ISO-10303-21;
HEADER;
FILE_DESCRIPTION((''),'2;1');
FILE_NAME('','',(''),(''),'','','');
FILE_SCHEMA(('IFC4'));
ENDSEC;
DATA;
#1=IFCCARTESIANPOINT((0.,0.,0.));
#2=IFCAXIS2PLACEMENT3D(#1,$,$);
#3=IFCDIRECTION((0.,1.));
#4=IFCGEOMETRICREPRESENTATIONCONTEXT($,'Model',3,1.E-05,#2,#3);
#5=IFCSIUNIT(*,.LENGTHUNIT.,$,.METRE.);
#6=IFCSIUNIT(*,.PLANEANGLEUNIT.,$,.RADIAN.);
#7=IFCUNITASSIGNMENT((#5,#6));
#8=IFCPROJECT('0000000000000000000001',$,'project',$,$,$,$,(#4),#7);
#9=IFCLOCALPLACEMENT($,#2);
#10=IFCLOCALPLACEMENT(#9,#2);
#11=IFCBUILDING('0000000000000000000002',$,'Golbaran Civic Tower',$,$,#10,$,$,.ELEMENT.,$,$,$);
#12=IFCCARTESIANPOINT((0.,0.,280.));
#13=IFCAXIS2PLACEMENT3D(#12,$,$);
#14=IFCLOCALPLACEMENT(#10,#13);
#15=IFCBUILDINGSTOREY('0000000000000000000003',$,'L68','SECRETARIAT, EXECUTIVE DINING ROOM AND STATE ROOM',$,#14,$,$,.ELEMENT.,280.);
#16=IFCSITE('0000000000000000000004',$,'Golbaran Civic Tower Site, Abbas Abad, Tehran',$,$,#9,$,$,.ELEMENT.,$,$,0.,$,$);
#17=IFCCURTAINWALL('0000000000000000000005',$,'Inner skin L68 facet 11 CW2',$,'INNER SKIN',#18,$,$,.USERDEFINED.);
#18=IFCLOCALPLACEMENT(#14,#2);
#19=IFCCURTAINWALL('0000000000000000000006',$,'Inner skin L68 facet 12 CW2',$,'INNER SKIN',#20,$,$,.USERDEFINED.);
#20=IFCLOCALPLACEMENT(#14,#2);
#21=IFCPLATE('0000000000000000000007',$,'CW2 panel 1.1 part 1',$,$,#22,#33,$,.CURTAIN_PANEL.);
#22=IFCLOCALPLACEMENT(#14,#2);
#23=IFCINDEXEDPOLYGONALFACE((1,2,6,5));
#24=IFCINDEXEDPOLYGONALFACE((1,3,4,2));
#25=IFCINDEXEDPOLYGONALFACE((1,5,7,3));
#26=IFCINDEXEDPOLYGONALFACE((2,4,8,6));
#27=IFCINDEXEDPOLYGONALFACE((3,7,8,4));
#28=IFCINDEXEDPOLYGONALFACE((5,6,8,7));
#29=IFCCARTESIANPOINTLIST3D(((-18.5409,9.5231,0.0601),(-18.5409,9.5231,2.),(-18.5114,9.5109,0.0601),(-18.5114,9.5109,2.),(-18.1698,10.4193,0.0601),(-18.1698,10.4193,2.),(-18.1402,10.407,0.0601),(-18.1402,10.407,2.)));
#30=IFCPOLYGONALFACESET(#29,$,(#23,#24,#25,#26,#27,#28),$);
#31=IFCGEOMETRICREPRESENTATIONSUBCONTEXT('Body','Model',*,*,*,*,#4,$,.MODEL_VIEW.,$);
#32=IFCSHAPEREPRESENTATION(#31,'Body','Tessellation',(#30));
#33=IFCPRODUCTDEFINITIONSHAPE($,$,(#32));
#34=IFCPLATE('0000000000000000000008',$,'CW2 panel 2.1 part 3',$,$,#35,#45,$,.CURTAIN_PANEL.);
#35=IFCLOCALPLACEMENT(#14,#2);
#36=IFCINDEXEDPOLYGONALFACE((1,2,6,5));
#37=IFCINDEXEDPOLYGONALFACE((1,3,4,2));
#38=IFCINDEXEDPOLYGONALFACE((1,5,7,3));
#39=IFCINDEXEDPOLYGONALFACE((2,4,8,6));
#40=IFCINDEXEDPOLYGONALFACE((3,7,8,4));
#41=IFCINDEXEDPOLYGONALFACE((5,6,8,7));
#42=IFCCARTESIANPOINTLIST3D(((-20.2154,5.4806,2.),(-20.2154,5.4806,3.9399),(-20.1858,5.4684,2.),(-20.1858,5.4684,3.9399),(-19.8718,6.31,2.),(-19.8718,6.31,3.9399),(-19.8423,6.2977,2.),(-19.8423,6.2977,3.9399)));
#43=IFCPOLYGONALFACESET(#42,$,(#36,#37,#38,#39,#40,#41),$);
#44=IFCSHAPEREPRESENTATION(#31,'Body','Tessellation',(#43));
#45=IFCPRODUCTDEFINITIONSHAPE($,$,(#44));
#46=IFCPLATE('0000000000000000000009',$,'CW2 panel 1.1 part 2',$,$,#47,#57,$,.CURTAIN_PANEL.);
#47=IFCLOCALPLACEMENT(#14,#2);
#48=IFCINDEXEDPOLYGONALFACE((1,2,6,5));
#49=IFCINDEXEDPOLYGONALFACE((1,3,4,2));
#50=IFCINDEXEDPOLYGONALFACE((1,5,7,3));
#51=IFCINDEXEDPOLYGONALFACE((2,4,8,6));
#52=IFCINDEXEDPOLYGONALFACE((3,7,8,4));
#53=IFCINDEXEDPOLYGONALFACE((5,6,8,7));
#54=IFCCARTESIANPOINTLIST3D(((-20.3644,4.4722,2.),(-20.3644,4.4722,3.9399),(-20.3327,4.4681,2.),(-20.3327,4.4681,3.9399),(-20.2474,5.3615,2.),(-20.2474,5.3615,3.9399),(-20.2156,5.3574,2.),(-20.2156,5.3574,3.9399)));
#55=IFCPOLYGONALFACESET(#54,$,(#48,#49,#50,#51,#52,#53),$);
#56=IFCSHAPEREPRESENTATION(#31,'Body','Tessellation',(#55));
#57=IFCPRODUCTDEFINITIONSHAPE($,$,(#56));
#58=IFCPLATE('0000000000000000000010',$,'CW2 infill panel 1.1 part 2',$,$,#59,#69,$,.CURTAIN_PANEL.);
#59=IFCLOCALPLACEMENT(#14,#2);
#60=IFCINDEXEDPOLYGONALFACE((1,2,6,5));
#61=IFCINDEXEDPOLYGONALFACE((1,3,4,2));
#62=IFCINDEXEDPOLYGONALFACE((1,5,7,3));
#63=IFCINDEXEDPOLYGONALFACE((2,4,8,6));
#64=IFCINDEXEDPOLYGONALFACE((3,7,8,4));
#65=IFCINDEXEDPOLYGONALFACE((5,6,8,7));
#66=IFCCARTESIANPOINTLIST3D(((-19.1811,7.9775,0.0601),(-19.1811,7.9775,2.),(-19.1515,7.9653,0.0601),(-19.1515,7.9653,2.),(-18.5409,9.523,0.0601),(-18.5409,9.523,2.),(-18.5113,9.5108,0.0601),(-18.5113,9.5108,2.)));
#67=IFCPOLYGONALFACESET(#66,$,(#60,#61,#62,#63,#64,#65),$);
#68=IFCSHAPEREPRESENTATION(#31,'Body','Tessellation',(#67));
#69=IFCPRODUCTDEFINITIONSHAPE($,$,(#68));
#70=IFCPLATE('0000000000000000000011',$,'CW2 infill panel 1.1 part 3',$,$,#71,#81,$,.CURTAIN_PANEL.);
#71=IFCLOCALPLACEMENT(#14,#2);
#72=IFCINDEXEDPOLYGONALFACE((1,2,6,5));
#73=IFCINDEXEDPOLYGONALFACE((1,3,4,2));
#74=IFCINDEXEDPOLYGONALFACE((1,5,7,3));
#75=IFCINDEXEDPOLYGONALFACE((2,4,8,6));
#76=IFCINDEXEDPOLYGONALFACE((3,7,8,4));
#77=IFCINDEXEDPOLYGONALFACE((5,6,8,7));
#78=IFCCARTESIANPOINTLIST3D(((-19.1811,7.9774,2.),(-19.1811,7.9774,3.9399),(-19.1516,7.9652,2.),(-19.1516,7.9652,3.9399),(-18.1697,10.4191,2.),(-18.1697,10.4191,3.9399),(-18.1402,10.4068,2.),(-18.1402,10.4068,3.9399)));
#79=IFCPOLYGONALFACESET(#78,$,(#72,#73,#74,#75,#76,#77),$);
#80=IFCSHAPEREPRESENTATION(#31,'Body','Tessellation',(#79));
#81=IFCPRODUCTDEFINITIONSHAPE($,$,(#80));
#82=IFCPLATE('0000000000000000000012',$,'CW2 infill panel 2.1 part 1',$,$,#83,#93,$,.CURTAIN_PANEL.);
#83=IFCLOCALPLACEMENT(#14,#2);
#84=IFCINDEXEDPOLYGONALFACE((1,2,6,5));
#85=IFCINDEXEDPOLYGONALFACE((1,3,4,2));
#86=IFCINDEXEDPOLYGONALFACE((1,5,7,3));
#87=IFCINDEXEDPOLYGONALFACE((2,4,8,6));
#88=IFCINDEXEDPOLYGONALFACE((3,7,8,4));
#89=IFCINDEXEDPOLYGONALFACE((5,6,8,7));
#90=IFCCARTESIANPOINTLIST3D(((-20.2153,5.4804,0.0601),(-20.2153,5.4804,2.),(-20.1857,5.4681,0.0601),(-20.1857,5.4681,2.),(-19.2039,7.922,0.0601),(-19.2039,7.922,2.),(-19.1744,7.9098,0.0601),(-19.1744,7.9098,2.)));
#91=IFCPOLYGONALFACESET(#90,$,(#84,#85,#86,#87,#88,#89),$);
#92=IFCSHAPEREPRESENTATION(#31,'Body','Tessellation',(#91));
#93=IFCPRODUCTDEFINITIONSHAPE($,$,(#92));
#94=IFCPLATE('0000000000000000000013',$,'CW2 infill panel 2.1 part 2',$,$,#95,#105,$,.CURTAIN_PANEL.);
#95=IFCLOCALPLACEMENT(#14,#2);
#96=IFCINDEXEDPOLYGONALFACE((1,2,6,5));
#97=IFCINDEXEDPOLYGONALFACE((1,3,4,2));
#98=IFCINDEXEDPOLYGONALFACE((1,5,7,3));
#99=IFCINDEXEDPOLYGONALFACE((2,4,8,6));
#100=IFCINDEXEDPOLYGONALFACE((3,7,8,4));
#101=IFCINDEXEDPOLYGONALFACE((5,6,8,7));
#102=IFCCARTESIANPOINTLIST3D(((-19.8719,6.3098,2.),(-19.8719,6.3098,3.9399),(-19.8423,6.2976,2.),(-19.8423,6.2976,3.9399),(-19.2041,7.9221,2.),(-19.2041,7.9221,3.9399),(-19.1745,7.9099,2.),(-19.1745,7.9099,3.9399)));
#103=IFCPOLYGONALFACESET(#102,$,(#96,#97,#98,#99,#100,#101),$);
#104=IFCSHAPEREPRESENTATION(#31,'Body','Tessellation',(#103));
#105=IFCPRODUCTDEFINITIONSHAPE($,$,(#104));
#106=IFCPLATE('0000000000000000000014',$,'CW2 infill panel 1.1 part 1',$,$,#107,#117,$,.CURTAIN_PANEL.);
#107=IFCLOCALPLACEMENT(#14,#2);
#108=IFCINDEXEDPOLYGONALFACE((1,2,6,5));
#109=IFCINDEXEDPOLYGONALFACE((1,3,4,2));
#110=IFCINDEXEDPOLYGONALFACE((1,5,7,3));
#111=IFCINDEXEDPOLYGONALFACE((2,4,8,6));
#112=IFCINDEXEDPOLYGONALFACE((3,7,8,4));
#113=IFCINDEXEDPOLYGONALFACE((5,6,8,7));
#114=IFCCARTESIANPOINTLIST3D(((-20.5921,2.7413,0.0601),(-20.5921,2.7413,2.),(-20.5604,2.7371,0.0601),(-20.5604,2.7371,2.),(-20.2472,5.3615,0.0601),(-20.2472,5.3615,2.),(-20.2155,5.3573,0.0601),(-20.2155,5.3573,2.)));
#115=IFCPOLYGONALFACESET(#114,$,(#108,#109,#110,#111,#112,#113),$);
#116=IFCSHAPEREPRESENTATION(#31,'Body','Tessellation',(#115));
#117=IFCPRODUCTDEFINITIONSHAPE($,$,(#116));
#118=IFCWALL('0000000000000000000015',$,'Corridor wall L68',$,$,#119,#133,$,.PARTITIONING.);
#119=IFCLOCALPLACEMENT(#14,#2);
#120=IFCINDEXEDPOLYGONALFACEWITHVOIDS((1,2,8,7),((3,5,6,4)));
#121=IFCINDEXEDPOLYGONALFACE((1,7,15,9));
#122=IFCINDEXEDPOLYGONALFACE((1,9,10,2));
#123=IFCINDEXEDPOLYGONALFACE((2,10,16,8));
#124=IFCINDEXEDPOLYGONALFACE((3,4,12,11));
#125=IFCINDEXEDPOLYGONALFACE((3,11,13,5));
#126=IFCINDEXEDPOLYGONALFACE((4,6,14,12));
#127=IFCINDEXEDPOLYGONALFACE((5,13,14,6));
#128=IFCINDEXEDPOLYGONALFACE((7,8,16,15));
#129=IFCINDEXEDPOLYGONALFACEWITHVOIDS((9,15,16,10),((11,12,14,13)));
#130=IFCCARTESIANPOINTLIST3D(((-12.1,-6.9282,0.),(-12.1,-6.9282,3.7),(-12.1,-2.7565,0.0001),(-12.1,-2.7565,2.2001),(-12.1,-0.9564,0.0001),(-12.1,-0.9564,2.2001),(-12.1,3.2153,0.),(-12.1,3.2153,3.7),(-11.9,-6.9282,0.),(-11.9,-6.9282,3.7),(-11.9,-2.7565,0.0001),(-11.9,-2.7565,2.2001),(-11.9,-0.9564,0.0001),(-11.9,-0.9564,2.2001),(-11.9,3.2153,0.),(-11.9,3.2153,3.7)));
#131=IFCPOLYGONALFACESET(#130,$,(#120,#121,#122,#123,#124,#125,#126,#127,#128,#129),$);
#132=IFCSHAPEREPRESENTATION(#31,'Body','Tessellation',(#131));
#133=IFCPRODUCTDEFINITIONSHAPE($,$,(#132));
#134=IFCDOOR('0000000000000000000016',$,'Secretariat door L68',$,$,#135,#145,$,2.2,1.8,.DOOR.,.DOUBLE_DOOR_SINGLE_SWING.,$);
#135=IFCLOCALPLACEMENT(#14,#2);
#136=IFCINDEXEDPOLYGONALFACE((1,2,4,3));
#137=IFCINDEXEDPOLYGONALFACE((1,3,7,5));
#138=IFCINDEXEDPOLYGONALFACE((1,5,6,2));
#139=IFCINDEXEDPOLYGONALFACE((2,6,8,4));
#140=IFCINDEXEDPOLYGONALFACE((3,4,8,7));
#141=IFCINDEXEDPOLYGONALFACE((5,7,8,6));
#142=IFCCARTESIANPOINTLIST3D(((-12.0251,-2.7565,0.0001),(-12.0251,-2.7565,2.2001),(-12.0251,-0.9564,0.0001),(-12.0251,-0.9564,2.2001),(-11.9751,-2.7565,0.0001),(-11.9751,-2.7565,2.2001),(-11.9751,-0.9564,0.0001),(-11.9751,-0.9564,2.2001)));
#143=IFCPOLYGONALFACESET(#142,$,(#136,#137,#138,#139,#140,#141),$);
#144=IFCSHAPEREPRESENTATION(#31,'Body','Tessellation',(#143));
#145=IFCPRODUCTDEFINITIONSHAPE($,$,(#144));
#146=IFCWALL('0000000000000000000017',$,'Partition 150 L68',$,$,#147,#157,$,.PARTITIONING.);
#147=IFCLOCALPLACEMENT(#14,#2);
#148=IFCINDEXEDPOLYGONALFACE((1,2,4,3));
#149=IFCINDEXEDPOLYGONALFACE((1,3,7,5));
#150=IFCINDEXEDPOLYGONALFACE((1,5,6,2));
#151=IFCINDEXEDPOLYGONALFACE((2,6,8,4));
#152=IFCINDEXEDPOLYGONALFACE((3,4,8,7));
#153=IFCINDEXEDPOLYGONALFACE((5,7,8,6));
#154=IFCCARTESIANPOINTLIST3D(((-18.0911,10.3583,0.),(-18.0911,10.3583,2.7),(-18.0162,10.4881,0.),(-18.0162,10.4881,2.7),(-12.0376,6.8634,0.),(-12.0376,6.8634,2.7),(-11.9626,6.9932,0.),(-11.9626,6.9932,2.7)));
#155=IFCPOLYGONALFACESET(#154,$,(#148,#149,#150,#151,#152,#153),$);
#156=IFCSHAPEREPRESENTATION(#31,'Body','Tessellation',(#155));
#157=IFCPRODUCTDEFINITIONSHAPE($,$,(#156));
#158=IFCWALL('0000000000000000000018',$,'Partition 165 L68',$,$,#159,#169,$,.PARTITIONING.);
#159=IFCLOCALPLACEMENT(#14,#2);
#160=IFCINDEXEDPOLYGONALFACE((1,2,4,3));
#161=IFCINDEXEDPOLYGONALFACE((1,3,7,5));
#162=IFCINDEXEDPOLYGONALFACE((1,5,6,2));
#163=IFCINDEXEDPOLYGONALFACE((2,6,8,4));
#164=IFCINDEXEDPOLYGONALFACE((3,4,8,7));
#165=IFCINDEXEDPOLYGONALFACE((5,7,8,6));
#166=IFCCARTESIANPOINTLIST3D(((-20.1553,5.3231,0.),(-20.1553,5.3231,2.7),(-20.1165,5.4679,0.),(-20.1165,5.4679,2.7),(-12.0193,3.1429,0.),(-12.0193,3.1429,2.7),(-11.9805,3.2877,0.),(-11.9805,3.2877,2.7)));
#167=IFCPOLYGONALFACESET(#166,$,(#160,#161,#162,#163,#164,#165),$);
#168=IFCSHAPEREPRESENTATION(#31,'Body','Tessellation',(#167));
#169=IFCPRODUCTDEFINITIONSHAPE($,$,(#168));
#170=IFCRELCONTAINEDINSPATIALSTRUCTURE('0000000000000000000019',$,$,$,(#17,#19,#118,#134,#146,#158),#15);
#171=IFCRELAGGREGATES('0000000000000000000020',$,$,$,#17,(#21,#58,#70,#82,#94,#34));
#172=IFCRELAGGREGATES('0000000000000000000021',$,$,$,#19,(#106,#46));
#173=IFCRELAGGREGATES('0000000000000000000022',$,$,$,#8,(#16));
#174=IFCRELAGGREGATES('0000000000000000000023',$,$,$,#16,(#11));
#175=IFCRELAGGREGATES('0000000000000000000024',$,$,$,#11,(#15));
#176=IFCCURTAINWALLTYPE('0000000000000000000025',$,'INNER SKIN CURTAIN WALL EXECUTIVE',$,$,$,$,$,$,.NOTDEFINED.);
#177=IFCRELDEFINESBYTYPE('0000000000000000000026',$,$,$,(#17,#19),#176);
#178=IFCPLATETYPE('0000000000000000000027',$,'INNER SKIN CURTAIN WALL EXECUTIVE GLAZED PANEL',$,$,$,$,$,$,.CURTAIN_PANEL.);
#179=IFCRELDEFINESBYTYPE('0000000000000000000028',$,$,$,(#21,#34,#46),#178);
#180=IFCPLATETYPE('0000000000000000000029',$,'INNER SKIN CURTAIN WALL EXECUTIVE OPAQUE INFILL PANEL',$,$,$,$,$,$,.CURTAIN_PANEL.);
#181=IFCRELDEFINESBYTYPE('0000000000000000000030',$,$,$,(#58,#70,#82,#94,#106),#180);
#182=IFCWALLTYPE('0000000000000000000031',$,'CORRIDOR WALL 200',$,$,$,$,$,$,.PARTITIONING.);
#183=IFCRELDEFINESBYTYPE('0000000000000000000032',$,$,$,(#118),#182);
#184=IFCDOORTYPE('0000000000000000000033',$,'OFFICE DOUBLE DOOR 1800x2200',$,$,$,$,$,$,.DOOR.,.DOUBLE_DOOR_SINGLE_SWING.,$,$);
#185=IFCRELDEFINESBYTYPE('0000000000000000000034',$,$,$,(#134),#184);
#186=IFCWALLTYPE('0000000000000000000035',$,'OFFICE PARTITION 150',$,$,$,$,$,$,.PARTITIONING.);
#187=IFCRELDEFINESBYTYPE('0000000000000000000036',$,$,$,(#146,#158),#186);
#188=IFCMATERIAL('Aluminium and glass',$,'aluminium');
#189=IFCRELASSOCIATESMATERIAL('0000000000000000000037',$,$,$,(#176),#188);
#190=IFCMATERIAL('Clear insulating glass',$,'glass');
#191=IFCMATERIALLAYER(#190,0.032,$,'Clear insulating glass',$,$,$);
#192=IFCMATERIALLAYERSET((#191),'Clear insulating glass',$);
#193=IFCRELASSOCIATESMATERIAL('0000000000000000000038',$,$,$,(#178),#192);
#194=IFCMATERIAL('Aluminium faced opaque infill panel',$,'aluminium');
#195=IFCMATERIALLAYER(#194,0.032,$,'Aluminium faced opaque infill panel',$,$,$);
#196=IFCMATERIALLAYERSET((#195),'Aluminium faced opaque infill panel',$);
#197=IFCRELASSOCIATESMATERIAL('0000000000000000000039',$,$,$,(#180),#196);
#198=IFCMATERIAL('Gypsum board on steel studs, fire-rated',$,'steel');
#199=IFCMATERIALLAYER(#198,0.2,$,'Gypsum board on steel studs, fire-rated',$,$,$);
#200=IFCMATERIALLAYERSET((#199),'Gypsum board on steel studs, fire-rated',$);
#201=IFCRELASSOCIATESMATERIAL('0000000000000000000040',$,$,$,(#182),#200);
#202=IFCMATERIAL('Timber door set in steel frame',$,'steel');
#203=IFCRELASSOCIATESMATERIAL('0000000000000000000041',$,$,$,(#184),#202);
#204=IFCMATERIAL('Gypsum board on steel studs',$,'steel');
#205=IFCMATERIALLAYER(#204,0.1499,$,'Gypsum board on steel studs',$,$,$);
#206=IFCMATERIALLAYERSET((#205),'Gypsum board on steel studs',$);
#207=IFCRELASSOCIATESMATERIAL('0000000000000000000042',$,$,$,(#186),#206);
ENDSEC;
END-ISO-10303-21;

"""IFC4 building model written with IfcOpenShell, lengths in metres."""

from ifc_helpers import new_model, si_unit, direction, frame, frame_2d, origin, origin_2d, place, context, subcontext, project, spatial, rectangle, extrude, material, layer, layer_set, type_object, element, fill, aggregate, save


model = new_model("IFC4")

# Units and contexts
model_context = context("Model", 3, precision=1e-05, world=origin(), true_north=direction((0.0, 1.0)))
body_context = subcontext(model_context, "Body", "Model", "MODEL_VIEW")
ifc_project = project(units=[si_unit("LENGTHUNIT", "METRE"), si_unit("PLANEANGLEUNIT", "RADIAN")], contexts=[model_context])

# Site, building, storey
site_placement = place(None, origin())
site = spatial("IfcSite", under=ifc_project, at=site_placement, Name="Golbaran Civic Tower Site, Abbas Abad, Tehran", CompositionType="ELEMENT", RefElevation=0.0)
building_placement = place(site_placement, origin())
building = spatial("IfcBuilding", under=site, at=building_placement, Name="Golbaran Civic Tower", CompositionType="ELEMENT")
storey_placement = place(building_placement, frame((0.0, 0.0, 280.0)))
storey = spatial("IfcBuildingStorey", under=building, at=storey_placement, Name="L68", Description="SECRETARIAT, EXECUTIVE DINING ROOM AND STATE ROOM", CompositionType="ELEMENT", Elevation=280.0)

# Curtain wall
ifc_material_1 = material(Name="Aluminium and glass", Category="aluminium")
curtain_wall_type = type_object("IfcCurtainWallType", Name="INNER SKIN CURTAIN WALL EXECUTIVE", PredefinedType="NOTDEFINED", material=ifc_material_1)
curtain_wall_1_placement = place(storey_placement, origin())
curtain_wall_1 = element("IfcCurtainWall", 1, at=curtain_wall_1_placement, inside=storey, type_object=curtain_wall_type, Name="Inner skin L68 facet 11 CW2", ObjectType="INNER SKIN", PredefinedType="USERDEFINED")

# Curtain wall
curtain_wall_2_placement = place(storey_placement, origin())
curtain_wall_2 = element("IfcCurtainWall", 2, at=curtain_wall_2_placement, inside=storey, type_object=curtain_wall_type, Name="Inner skin L68 facet 12 CW2", ObjectType="INNER SKIN", PredefinedType="USERDEFINED")

# Plates
ifc_material_2 = material(Name="Clear insulating glass", Category="glass")
ifc_layer_1 = layer(ifc_material_2, 0.032, Name="Clear insulating glass")
ifc_layer_set_1 = layer_set([ifc_layer_1], Name="Clear insulating glass")
plate_type_1 = type_object("IfcPlateType", Name="INNER SKIN CURTAIN WALL EXECUTIVE GLAZED PANEL", PredefinedType="CURTAIN_PANEL", material=ifc_layer_set_1)
plate_1_placement = place(storey_placement, frame((-18.3406, 9.9651, 0.0601), z_axis=(0.0, 0.0, 1.0), x_axis=(-0.382683, -0.92388, 0.0)))
plate_1 = element("IfcPlate", 3, at=plate_1_placement, type_object=plate_type_1, Name="CW2 panel 1.1 part 1", PredefinedType="CURTAIN_PANEL", context=body_context, shape_type="SweptSolid", body=[
    extrude(rectangle(XDim=0.97, YDim=0.032, at=origin_2d()), origin(), (0.0, 0.0, 1.0), 1.9399),
])
plate_2_placement = place(storey_placement, frame((-20.0288, 5.8892, 2.0), z_axis=(0.0, 0.0, 1.0), x_axis=(-0.382683, -0.92388, 0.0)))
plate_2 = element("IfcPlate", 4, at=plate_2_placement, type_object=plate_type_1, Name="CW2 panel 2.1 part 3", PredefinedType="CURTAIN_PANEL", context=body_context, shape_type="SweptSolid", body=[
    extrude(rectangle(XDim=0.8977, YDim=0.032, at=origin_2d()), origin(), (0.0, 0.0, 1.0), 1.9399),
])
plate_3_placement = place(storey_placement, frame((-20.29, 4.9148, 2.0), z_axis=(0.0, 0.0, 1.0), x_axis=(-0.130526, -0.991445, 0.0)))
plate_3 = element("IfcPlate", 5, at=plate_3_placement, type_object=plate_type_1, Name="CW2 panel 1.1 part 2", PredefinedType="CURTAIN_PANEL", context=body_context, shape_type="SweptSolid", body=[
    extrude(rectangle(XDim=0.897, YDim=0.032, at=origin_2d()), origin(), (0.0, 0.0, 1.0), 1.9399),
])
ifc_material_3 = material(Name="Aluminium faced opaque infill panel", Category="aluminium")
ifc_layer_2 = layer(ifc_material_3, 0.032, Name="Aluminium faced opaque infill panel")
ifc_layer_set_2 = layer_set([ifc_layer_2], Name="Aluminium faced opaque infill panel")
plate_type_2 = type_object("IfcPlateType", Name="INNER SKIN CURTAIN WALL EXECUTIVE OPAQUE INFILL PANEL", PredefinedType="CURTAIN_PANEL", material=ifc_layer_set_2)
plate_4_placement = place(storey_placement, frame((-18.8462, 8.7441, 0.0601), z_axis=(0.0, 0.0, 1.0), x_axis=(-0.382683, -0.92388, 0.0)))
plate_4 = element("IfcPlate", 6, at=plate_4_placement, type_object=plate_type_2, Name="CW2 infill panel 1.1 part 2", PredefinedType="CURTAIN_PANEL", context=body_context, shape_type="SweptSolid", body=[
    extrude(rectangle(XDim=1.6729, YDim=0.032, at=origin_2d()), origin(), (0.0, 0.0, 1.0), 1.9399),
])
plate_5_placement = place(storey_placement, frame((-18.6606, 9.1921, 2.0), z_axis=(0.0, 0.0, 1.0), x_axis=(-0.382683, -0.92388, 0.0)))
plate_5 = element("IfcPlate", 7, at=plate_5_placement, type_object=plate_type_2, Name="CW2 infill panel 1.1 part 3", PredefinedType="CURTAIN_PANEL", context=body_context, shape_type="SweptSolid", body=[
    extrude(rectangle(XDim=2.6428, YDim=0.032, at=origin_2d()), origin(), (0.0, 0.0, 1.0), 1.9399),
])
plate_6_placement = place(storey_placement, frame((-19.6948, 6.6951, 0.0601), z_axis=(0.0, 0.0, 1.0), x_axis=(-0.382683, -0.92388, 0.0)))
plate_6 = element("IfcPlate", 8, at=plate_6_placement, type_object=plate_type_2, Name="CW2 infill panel 2.1 part 1", PredefinedType="CURTAIN_PANEL", context=body_context, shape_type="SweptSolid", body=[
    extrude(rectangle(XDim=2.6428, YDim=0.032, at=origin_2d()), origin(), (0.0, 0.0, 1.0), 1.9399),
])
plate_7_placement = place(storey_placement, frame((-19.5232, 7.1099, 2.0), z_axis=(0.0, 0.0, 1.0), x_axis=(-0.382683, -0.92388, 0.0)))
plate_7 = element("IfcPlate", 9, at=plate_7_placement, type_object=plate_type_2, Name="CW2 infill panel 2.1 part 2", PredefinedType="CURTAIN_PANEL", context=body_context, shape_type="SweptSolid", body=[
    extrude(rectangle(XDim=1.7451, YDim=0.032, at=origin_2d()), origin(), (0.0, 0.0, 1.0), 1.9399),
])
aggregate(curtain_wall_1, [plate_1, plate_4, plate_5, plate_6, plate_7, plate_2])
plate_8_placement = place(storey_placement, frame((-20.4038, 4.0493, 0.0601), z_axis=(0.0, 0.0, 1.0), x_axis=(-0.130526, -0.991445, 0.0)))
plate_8 = element("IfcPlate", 10, at=plate_8_placement, type_object=plate_type_2, Name="CW2 infill panel 1.1 part 1", PredefinedType="CURTAIN_PANEL", context=body_context, shape_type="SweptSolid", body=[
    extrude(rectangle(XDim=2.6428, YDim=0.032, at=origin_2d()), origin(), (0.0, 0.0, 1.0), 1.9399),
])
aggregate(curtain_wall_2, [plate_8, plate_3])

# Wall, opening, door
ifc_material_4 = material(Name="Gypsum board on steel studs, fire-rated", Category="steel")
ifc_layer_3 = layer(ifc_material_4, 0.2, Name="Gypsum board on steel studs, fire-rated")
ifc_layer_set_3 = layer_set([ifc_layer_3], Name="Gypsum board on steel studs, fire-rated")
wall_type_1 = type_object("IfcWallType", Name="CORRIDOR WALL 200", PredefinedType="PARTITIONING", material=ifc_layer_set_3)
wall_1_placement = place(storey_placement, frame((-12.0, 3.2153, 0.0), z_axis=(0.0, 0.0, 1.0), x_axis=(0.0, -1.0, 0.0)))
wall_1 = element("IfcWall", 11, at=wall_1_placement, inside=storey, type_object=wall_type_1, Name="Corridor wall L68", PredefinedType="PARTITIONING", context=body_context, shape_type="SweptSolid", body=[
    extrude(rectangle(XDim=10.1436, YDim=0.2, at=frame_2d((5.0718, 0.0))), origin(), (0.0, 0.0, 1.0), 3.7),
])
opening_1_placement = place(wall_1_placement, frame((4.1719, 0.0, 0.0)))
opening_1 = element("IfcOpeningElement", 12, at=opening_1_placement, cuts=wall_1, PredefinedType="OPENING", context=body_context, shape_type="SweptSolid", body=[
    extrude(rectangle(XDim=1.8, YDim=2.2, at=frame_2d((0.8999, 1.1001))), frame((0.0, 0.1099, 0.0), z_axis=(0.0, -1.0, 0.0), x_axis=(1.0, 0.0, 0.0)), (0.0, 0.0, 1.0), 0.22),
])
ifc_material_5 = material(Name="Timber door set in steel frame", Category="steel")
door_type_1 = type_object("IfcDoorType", Name="OFFICE DOUBLE DOOR 1800x2200", OperationType="DOUBLE_DOOR_SINGLE_SWING", PredefinedType="DOOR", material=ifc_material_5)
door_1_placement = place(opening_1_placement, origin())
door_1 = element("IfcDoor", 13, at=door_1_placement, inside=storey, type_object=door_type_1, Name="Secretariat door L68", OperationType="DOUBLE_DOOR_SINGLE_SWING", OverallHeight=2.2, OverallWidth=1.8, PredefinedType="DOOR", context=body_context, shape_type="SweptSolid", body=[
    extrude(rectangle(XDim=1.8, YDim=2.2, at=frame_2d((0.8999, 1.1001))), frame((0.0, 0.0249, 0.0), z_axis=(0.0, -1.0, 0.0), x_axis=(1.0, 0.0, 0.0)), (0.0, 0.0, 1.0), 0.05),
])
fill(opening_1, door_1)

# Walls
ifc_material_6 = material(Name="Gypsum board on steel studs", Category="steel")
ifc_layer_4 = layer(ifc_material_6, 0.1499, Name="Gypsum board on steel studs")
ifc_layer_set_4 = layer_set([ifc_layer_4], Name="Gypsum board on steel studs")
wall_type_2 = type_object("IfcWallType", Name="OFFICE PARTITION 150", PredefinedType="PARTITIONING", material=ifc_layer_set_4)
wall_2_placement = place(storey_placement, frame((-12.0, 6.9282, 0.0), z_axis=(0.0, 0.0, 1.0), x_axis=(-0.866031, 0.49999, 0.0)))
element("IfcWall", 14, at=wall_2_placement, inside=storey, type_object=wall_type_2, Name="Partition 150 L68", PredefinedType="PARTITIONING", context=body_context, shape_type="SweptSolid", body=[
    extrude(rectangle(XDim=6.99, YDim=0.1499, at=frame_2d((3.4951, 0.0))), origin(), (0.0, 0.0, 1.0), 2.7),
])
wall_3_placement = place(storey_placement, frame((-12.0, 3.2153, 0.0), z_axis=(0.0, 0.0, 1.0), x_axis=(-0.965922, 0.258835, 0.0)))
element("IfcWall", 15, at=wall_3_placement, inside=storey, type_object=wall_type_2, Name="Partition 165 L68", PredefinedType="PARTITIONING", context=body_context, shape_type="SweptSolid", body=[
    extrude(rectangle(XDim=8.4231, YDim=0.1499, at=frame_2d((4.2114, 0.0))), origin(), (0.0, 0.0, 1.0), 2.7),
])

save(model, "model.ifc")
